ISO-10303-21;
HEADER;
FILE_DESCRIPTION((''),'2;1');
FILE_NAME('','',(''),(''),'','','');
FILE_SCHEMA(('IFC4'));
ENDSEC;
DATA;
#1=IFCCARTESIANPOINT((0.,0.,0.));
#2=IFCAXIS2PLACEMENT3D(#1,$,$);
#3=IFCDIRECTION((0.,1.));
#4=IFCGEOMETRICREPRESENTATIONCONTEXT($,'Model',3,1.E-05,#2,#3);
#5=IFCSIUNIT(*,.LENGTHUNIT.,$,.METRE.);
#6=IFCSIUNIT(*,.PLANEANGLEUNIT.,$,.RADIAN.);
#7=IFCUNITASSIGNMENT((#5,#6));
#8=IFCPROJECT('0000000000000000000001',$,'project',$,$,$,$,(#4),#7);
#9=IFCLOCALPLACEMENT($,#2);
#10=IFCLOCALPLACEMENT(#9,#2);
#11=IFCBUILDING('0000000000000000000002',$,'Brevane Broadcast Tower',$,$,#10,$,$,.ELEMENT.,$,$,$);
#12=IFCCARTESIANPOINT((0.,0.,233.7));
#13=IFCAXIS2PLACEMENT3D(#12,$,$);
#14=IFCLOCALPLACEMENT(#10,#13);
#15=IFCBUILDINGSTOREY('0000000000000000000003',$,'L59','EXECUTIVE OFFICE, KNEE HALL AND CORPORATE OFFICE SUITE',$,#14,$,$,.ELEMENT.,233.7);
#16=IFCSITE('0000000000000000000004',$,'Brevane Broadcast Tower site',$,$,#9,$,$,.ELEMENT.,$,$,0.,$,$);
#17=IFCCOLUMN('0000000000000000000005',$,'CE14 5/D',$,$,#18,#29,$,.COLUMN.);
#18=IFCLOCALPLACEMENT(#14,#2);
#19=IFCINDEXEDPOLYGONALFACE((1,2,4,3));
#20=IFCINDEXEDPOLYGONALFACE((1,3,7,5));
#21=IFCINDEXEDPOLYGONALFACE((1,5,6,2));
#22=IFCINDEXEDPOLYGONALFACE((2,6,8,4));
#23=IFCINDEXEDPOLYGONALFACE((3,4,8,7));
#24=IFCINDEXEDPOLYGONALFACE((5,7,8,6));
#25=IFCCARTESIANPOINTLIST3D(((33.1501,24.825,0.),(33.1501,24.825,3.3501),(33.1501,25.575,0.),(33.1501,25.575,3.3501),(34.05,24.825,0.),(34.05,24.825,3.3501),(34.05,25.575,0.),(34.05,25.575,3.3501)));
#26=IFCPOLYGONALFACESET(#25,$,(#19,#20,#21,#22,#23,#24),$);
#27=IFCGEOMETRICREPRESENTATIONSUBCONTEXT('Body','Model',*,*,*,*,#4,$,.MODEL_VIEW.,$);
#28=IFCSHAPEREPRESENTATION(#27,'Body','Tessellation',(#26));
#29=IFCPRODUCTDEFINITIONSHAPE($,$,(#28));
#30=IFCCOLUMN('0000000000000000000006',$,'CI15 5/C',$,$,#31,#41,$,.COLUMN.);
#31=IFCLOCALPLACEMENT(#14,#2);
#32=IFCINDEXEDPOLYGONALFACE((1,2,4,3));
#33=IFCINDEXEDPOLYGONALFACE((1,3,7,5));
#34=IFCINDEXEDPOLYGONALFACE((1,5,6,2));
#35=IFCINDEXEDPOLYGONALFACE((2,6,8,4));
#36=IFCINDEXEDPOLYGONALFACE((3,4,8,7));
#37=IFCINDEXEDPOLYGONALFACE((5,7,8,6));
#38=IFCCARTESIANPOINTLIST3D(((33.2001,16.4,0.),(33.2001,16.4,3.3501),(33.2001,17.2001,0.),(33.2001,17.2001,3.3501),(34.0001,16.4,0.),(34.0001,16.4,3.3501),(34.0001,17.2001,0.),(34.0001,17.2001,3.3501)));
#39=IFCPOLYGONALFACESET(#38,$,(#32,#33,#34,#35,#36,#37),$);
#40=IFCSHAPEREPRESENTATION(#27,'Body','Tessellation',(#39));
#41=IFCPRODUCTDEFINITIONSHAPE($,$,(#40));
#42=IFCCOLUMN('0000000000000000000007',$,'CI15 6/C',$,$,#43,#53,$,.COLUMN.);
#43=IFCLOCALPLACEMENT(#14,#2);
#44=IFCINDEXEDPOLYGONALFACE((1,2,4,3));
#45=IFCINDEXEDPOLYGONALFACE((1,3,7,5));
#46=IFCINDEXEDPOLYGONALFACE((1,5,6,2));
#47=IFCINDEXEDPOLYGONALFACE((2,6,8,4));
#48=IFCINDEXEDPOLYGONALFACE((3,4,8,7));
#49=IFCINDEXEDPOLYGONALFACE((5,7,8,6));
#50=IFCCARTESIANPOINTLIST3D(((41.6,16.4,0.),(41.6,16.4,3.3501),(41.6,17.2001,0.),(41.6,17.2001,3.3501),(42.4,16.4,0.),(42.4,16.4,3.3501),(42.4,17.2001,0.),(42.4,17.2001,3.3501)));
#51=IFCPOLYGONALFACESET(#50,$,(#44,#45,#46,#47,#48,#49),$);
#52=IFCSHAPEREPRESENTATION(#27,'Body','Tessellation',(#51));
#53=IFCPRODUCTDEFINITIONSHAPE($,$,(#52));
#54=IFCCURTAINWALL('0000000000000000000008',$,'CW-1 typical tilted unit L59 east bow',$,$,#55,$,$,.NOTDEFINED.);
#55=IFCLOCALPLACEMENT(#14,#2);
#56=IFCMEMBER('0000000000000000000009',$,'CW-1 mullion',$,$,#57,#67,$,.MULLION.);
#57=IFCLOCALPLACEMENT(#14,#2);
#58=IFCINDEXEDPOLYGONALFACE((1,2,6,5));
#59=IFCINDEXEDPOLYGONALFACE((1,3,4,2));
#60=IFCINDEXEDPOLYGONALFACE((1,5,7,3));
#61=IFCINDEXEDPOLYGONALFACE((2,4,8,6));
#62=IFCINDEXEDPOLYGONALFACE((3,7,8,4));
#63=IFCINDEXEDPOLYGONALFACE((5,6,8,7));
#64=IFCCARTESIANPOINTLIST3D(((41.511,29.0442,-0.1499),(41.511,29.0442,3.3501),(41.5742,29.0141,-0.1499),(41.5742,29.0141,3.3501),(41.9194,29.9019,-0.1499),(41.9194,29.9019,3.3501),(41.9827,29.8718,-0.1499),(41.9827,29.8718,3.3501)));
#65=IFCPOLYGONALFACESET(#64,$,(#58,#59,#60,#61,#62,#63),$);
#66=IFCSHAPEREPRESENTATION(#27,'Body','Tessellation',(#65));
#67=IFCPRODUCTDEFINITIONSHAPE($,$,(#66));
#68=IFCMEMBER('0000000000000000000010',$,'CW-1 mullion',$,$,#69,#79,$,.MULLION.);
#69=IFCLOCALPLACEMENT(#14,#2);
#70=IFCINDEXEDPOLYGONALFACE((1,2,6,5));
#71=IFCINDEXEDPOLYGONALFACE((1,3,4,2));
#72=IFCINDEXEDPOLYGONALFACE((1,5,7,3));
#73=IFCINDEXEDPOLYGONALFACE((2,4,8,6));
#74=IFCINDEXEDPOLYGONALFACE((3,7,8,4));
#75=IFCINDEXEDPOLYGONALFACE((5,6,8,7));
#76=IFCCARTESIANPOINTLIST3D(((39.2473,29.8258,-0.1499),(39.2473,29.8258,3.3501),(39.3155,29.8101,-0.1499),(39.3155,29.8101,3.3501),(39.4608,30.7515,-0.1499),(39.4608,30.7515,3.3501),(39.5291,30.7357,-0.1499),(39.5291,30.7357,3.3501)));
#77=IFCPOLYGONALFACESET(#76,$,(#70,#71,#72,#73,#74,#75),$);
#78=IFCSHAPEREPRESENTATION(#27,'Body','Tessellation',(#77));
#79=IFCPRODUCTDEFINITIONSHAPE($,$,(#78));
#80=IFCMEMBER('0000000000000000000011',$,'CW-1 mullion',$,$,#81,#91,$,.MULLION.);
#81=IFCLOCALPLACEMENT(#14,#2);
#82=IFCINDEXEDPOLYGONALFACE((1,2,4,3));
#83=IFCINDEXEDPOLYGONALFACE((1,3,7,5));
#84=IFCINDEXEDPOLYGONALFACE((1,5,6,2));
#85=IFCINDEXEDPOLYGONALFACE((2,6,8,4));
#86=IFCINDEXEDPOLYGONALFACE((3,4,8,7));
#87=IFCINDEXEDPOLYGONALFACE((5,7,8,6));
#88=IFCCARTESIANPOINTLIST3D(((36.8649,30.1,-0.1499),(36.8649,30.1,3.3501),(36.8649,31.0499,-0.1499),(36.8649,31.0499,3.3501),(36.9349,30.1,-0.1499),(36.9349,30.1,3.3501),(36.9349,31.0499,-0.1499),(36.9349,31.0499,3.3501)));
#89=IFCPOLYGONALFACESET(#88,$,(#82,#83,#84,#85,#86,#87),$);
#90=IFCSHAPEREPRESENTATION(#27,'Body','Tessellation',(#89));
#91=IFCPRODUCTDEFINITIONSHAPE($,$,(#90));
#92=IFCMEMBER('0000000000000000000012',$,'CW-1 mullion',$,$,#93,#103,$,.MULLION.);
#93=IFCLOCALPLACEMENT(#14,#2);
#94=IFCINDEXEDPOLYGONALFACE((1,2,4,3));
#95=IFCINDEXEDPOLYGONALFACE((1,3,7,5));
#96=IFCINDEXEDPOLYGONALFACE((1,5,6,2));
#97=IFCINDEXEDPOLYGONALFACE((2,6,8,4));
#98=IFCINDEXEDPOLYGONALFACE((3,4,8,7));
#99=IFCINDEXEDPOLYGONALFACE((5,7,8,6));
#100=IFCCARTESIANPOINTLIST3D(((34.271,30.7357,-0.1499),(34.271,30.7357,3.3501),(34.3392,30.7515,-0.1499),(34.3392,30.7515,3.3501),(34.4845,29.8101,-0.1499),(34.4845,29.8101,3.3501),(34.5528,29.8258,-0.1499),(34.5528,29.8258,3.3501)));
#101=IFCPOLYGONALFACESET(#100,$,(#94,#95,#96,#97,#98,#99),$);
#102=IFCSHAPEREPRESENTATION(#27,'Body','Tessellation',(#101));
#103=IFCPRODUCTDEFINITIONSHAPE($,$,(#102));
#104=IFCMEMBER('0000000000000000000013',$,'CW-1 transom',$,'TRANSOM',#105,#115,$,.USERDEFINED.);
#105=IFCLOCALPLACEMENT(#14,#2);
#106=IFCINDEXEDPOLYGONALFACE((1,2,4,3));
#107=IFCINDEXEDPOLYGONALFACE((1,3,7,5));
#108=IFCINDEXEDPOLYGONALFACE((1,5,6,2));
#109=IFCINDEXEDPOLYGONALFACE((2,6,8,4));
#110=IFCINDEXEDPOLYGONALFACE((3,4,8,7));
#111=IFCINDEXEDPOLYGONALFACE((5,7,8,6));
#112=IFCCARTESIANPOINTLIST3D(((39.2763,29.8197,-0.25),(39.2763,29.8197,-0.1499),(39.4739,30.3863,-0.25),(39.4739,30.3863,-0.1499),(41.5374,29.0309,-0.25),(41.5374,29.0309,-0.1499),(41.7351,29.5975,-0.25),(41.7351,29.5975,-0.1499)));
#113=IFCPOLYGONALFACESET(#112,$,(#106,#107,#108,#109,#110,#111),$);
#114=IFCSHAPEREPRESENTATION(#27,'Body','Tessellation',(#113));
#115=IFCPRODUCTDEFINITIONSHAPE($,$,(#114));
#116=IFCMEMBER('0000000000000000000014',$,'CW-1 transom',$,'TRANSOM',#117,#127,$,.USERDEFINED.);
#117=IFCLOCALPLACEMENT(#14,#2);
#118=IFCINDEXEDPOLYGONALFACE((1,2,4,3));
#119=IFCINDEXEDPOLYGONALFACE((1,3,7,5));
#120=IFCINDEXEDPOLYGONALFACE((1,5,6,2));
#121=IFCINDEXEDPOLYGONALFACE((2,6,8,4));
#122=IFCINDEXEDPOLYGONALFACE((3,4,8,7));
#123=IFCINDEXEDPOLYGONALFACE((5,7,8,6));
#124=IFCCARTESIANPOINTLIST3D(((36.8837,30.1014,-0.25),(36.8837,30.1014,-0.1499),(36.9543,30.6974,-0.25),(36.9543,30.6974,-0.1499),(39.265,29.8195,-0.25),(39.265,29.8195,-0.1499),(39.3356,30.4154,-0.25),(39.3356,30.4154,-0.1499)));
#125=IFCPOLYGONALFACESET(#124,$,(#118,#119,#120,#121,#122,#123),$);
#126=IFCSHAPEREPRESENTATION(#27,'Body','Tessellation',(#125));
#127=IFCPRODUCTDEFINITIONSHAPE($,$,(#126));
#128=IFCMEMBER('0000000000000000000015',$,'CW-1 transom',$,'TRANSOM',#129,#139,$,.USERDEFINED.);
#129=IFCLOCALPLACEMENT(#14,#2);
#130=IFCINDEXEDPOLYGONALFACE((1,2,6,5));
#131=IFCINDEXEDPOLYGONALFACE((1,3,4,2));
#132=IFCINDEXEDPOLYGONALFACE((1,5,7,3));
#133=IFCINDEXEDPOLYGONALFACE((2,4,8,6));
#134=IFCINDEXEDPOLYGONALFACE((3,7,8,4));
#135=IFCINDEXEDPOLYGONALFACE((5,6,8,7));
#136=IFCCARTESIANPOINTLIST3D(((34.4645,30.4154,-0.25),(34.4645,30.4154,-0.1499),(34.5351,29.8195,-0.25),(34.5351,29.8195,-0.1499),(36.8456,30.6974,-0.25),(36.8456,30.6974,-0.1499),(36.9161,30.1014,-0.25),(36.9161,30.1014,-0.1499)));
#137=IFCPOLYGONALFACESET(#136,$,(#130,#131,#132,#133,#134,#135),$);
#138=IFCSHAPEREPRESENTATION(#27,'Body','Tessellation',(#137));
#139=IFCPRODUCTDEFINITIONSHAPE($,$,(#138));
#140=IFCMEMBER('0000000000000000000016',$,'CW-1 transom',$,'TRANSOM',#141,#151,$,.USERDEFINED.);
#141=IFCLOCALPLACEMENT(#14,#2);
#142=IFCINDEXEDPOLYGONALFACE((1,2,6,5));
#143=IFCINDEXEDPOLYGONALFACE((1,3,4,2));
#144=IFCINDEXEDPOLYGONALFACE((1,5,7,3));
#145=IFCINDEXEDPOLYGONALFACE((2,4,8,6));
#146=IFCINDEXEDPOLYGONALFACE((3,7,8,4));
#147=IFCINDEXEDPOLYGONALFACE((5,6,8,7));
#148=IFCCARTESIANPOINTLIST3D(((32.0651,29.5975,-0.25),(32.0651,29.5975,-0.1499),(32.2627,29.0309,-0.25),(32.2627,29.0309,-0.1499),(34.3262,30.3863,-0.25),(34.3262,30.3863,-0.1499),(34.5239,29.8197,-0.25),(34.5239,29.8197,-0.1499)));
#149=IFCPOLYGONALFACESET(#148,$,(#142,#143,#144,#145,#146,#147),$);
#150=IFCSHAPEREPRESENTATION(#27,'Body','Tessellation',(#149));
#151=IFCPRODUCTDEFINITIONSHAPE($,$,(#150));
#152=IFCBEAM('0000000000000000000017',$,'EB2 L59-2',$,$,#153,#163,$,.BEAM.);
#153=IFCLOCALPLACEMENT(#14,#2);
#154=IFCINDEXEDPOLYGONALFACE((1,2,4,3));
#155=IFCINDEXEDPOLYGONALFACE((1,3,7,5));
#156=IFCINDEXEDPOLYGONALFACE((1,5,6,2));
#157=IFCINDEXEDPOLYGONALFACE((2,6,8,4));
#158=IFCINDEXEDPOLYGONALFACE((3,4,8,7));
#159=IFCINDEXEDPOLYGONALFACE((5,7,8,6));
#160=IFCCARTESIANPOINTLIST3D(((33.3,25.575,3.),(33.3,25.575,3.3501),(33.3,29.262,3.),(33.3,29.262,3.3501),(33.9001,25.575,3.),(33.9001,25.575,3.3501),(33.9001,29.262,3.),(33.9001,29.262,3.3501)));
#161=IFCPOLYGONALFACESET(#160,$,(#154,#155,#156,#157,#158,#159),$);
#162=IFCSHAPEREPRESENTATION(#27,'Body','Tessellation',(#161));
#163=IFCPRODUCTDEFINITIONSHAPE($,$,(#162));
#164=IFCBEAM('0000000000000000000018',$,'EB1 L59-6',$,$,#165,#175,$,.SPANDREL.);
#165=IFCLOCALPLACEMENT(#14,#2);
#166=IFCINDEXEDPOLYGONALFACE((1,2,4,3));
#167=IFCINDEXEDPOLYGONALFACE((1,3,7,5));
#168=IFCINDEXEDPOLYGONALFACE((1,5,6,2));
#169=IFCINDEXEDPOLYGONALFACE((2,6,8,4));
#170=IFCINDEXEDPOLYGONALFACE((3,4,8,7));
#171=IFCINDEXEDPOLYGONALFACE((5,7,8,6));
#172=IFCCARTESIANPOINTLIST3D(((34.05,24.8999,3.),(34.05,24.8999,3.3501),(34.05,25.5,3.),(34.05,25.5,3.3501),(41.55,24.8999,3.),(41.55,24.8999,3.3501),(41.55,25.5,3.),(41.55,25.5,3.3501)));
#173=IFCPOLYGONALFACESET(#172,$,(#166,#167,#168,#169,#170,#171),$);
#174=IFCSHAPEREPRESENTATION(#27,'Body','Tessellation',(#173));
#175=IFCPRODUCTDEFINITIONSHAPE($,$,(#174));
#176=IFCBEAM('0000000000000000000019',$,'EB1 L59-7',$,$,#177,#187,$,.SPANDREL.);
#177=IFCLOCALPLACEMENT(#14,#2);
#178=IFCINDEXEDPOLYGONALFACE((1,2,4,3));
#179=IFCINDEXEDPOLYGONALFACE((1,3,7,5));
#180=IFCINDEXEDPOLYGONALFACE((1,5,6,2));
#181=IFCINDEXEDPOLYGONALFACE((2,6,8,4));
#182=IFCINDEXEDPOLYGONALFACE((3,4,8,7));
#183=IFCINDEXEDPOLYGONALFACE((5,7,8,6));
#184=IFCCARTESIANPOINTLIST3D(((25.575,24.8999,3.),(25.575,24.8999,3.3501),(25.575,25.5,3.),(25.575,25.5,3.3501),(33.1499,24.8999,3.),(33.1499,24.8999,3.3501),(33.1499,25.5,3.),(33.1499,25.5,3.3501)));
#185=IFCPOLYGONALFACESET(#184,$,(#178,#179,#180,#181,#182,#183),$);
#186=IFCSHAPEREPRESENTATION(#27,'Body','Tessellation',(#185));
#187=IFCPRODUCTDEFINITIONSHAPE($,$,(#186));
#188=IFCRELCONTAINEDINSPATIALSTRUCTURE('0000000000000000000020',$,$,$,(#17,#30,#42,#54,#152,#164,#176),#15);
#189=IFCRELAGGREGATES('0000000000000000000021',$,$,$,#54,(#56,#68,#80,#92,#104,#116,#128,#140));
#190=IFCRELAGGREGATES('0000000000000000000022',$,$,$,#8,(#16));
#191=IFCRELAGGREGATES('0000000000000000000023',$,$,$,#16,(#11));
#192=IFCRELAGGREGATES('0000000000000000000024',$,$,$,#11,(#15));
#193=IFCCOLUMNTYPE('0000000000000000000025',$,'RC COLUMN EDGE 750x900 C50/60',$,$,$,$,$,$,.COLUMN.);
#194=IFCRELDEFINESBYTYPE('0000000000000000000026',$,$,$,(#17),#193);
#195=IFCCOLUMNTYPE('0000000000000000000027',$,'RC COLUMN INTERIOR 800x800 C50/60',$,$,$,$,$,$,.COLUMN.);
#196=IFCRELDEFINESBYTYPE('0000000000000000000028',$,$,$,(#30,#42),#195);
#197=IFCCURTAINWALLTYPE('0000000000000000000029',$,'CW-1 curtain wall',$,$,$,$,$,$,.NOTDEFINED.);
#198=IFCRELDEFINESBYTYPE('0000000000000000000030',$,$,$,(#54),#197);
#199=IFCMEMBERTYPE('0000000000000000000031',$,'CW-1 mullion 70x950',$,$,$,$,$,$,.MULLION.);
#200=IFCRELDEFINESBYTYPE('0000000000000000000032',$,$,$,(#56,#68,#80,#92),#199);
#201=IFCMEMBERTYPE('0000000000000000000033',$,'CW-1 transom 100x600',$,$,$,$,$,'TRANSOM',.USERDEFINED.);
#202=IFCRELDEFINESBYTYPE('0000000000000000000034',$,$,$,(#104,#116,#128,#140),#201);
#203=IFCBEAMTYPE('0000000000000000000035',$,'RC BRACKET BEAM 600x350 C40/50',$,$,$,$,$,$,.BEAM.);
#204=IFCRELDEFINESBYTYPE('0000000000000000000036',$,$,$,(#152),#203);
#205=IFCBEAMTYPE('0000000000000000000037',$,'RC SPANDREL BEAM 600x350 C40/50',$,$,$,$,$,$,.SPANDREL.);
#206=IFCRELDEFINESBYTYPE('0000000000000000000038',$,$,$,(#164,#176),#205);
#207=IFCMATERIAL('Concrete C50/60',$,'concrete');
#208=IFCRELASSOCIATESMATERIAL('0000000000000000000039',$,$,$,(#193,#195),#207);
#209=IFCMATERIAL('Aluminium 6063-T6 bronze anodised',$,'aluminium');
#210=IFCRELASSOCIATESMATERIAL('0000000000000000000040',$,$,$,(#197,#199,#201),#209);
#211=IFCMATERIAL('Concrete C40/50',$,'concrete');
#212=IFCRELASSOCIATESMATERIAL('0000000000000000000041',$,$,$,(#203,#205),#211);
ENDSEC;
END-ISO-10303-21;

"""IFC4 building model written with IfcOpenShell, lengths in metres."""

from ifc_helpers import new_model, si_unit, direction, frame, origin, origin_2d, place, context, subcontext, project, spatial, rectangle, extrude, material, material_profile, profile_set, type_object, element, aggregate, save


model = new_model("IFC4")

# Units and contexts
model_context = context("Model", 3, precision=1e-05, world=origin(), true_north=direction((0.0, 1.0)))
body_context = subcontext(model_context, "Body", "Model", "MODEL_VIEW")
ifc_project = project(units=[si_unit("LENGTHUNIT", "METRE"), si_unit("PLANEANGLEUNIT", "RADIAN")], contexts=[model_context])

# Site, building, storey
site_placement = place(None, origin())
site = spatial("IfcSite", under=ifc_project, at=site_placement, Name="Brevane Broadcast Tower site", CompositionType="ELEMENT", RefElevation=0.0)
building_placement = place(site_placement, origin())
building = spatial("IfcBuilding", under=site, at=building_placement, Name="Brevane Broadcast Tower", CompositionType="ELEMENT")
storey_placement = place(building_placement, frame((0.0, 0.0, 233.7)))
storey = spatial("IfcBuildingStorey", under=building, at=storey_placement, Name="L59", Description="EXECUTIVE OFFICE, KNEE HALL AND CORPORATE OFFICE SUITE", CompositionType="ELEMENT", Elevation=233.7)

# Columns
ifc_material_1 = material(Name="Concrete C50/60", Category="concrete")
ifc_material_profile_1 = material_profile(ifc_material_1, rectangle(XDim=0.75, YDim=0.8999, at=origin_2d()), Name="RC 750x900")
ifc_profile_set_1 = profile_set([ifc_material_profile_1], Name="Concrete C50/60")
column_type_1 = type_object("IfcColumnType", Name="RC COLUMN EDGE 750x900 C50/60", PredefinedType="COLUMN", material=ifc_profile_set_1)
column_placement = place(storey_placement, frame((33.6001, 25.2, 0.0), z_axis=(0.0, 0.0, 1.0), x_axis=(0.0, 1.0, 0.0)))
element("IfcColumn", 1, at=column_placement, inside=storey, type_object=column_type_1, Name="CE14 5/D", PredefinedType="COLUMN", context=body_context, shape_type="SweptSolid", body=[
    extrude(rectangle(XDim=0.75, YDim=0.8999, at=origin_2d()), origin(), (0.0, 0.0, 1.0), 3.3501),
])
ifc_material_profile_2 = material_profile(ifc_material_1, rectangle(XDim=0.8, YDim=0.8, at=origin_2d()), Name="RC 800x800")
ifc_profile_set_2 = profile_set([ifc_material_profile_2], Name="Concrete C50/60")
column_type_2 = type_object("IfcColumnType", Name="RC COLUMN INTERIOR 800x800 C50/60", PredefinedType="COLUMN", material=ifc_profile_set_2)
for number, where, z_axis, x_axis, name in (
    (2, (33.6001, 16.8, 0.0), (0.0, 0.0, 1.0), (1.0, 0.0, 0.0), "CI15 5/C"),
    (3, (42.0, 16.8, 0.0), (0.0, 0.0, 1.0), (1.0, 0.0, 0.0), "CI15 6/C"),
):
    element("IfcColumn", number, at=place(storey_placement, frame(where, z_axis=z_axis, x_axis=x_axis)), inside=storey, type_object=column_type_2, Name=name, PredefinedType="COLUMN", context=body_context, shape_type="SweptSolid", body=[
        extrude(rectangle(XDim=0.8, YDim=0.8, at=origin_2d()), origin(), (0.0, 0.0, 1.0), 3.3501),
    ])

# Curtain wall, members
ifc_material_2 = material(Name="Aluminium 6063-T6 bronze anodised", Category="aluminium")
curtain_wall_type = type_object("IfcCurtainWallType", Name="CW-1 curtain wall", PredefinedType="NOTDEFINED", material=ifc_material_2)
curtain_wall_placement = place(storey_placement, origin())
curtain_wall = element("IfcCurtainWall", 4, at=curtain_wall_placement, inside=storey, type_object=curtain_wall_type, Name="CW-1 typical tilted unit L59 east bow", PredefinedType="NOTDEFINED")
ifc_material_profile_3 = material_profile(ifc_material_2, rectangle(XDim=0.95, YDim=0.0701, at=origin_2d()), Name="RECT 70x950")
ifc_profile_set_3 = profile_set([ifc_material_profile_3], Name="Aluminium 6063-T6 bronze anodised")
member_type_1 = type_object("IfcMemberType", Name="CW-1 mullion 70x950", PredefinedType="MULLION", material=ifc_profile_set_3)
member_1_placement = place(storey_placement, frame((41.7468, 29.458, -0.1499), z_axis=(0.0, 0.0, 1.0), x_axis=(-0.429934, -0.902861, 0.0)))
member_1 = element("IfcMember", 5, at=member_1_placement, type_object=member_type_1, Name="CW-1 mullion", PredefinedType="MULLION", context=body_context, shape_type="SweptSolid", body=[
    extrude(rectangle(XDim=0.95, YDim=0.0701, at=origin_2d()), origin(), (0.0, 0.0, 1.0), 3.5),
])
member_2_placement = place(storey_placement, frame((39.3882, 30.2808, -0.1499), z_axis=(0.0, 0.0, 1.0), x_axis=(-0.224807, -0.974403, 0.0)))
member_2 = element("IfcMember", 6, at=member_2_placement, type_object=member_type_1, Name="CW-1 mullion", PredefinedType="MULLION", context=body_context, shape_type="SweptSolid", body=[
    extrude(rectangle(XDim=0.95, YDim=0.0701, at=origin_2d()), origin(), (0.0, 0.0, 1.0), 3.5),
])
member_3_placement = place(storey_placement, frame((36.8999, 30.575, -0.1499), z_axis=(0.0, 0.0, 1.0), x_axis=(0.0, -1.0, 0.0)))
member_3 = element("IfcMember", 7, at=member_3_placement, type_object=member_type_1, Name="CW-1 mullion", PredefinedType="MULLION", context=body_context, shape_type="SweptSolid", body=[
    extrude(rectangle(XDim=0.95, YDim=0.0701, at=origin_2d()), origin(), (0.0, 0.0, 1.0), 3.5),
])
member_4_placement = place(storey_placement, frame((34.4119, 30.2808, -0.1499), z_axis=(0.0, 0.0, 1.0), x_axis=(0.224807, -0.974403, 0.0)))
member_4 = element("IfcMember", 8, at=member_4_placement, type_object=member_type_1, Name="CW-1 mullion", PredefinedType="MULLION", context=body_context, shape_type="SweptSolid", body=[
    extrude(rectangle(XDim=0.95, YDim=0.0701, at=origin_2d()), origin(), (0.0, 0.0, 1.0), 3.5),
])
ifc_material_profile_4 = material_profile(ifc_material_2, rectangle(XDim=0.6001, YDim=0.1001, at=origin_2d()), Name="RECT 100x600")
ifc_profile_set_4 = profile_set([ifc_material_profile_4], Name="Aluminium 6063-T6 bronze anodised")
member_type_2 = type_object("IfcMemberType", Name="CW-1 transom 100x600", ElementType="TRANSOM", PredefinedType="USERDEFINED", material=ifc_profile_set_4)
member_5_placement = place(storey_placement, frame((41.6362, 29.3142, -0.2), z_axis=(-0.944198, 0.329378, 0.0), x_axis=(-0.329378, -0.944198, 0.0)))
member_5 = element("IfcMember", 9, at=member_5_placement, type_object=member_type_2, Name="CW-1 transom", ObjectType="TRANSOM", PredefinedType="USERDEFINED", context=body_context, shape_type="SweptSolid", body=[
    extrude(rectangle(XDim=0.6001, YDim=0.1001, at=origin_2d()), origin(), (0.0, 0.0, 1.0), 2.3948),
])
member_6_placement = place(storey_placement, frame((39.3003, 30.1174, -0.2), z_axis=(-0.993062, 0.117591, 0.0), x_axis=(-0.117591, -0.993062, 0.0)))
member_6 = element("IfcMember", 10, at=member_6_placement, type_object=member_type_2, Name="CW-1 transom", ObjectType="TRANSOM", PredefinedType="USERDEFINED", context=body_context, shape_type="SweptSolid", body=[
    extrude(rectangle(XDim=0.6001, YDim=0.1001, at=origin_2d()), origin(), (0.0, 0.0, 1.0), 2.3979),
])
member_7_placement = place(storey_placement, frame((36.8809, 30.3994, -0.2), z_axis=(-0.993061, -0.117603, 0.0), x_axis=(0.117603, -0.993061, 0.0)))
member_7 = element("IfcMember", 11, at=member_7_placement, type_object=member_type_2, Name="CW-1 transom", ObjectType="TRANSOM", PredefinedType="USERDEFINED", context=body_context, shape_type="SweptSolid", body=[
    extrude(rectangle(XDim=0.6001, YDim=0.1001, at=origin_2d()), origin(), (0.0, 0.0, 1.0), 2.3977),
])
member_8_placement = place(storey_placement, frame((34.425, 30.103, -0.2), z_axis=(-0.944198, -0.329378, 0.0), x_axis=(0.329378, -0.944198, 0.0)))
member_8 = element("IfcMember", 12, at=member_8_placement, type_object=member_type_2, Name="CW-1 transom", ObjectType="TRANSOM", PredefinedType="USERDEFINED", context=body_context, shape_type="SweptSolid", body=[
    extrude(rectangle(XDim=0.6001, YDim=0.1001, at=origin_2d()), origin(), (0.0, 0.0, 1.0), 2.3948),
])
aggregate(curtain_wall, [member_1, member_2, member_3, member_4, member_5, member_6, member_7, member_8])

# Beams
ifc_material_3 = material(Name="Concrete C40/50", Category="concrete")
ifc_material_profile_5 = material_profile(ifc_material_3, rectangle(XDim=0.6001, YDim=0.3501, at=origin_2d()), Name="RC 600x350")
ifc_profile_set_5 = profile_set([ifc_material_profile_5], Name="Concrete C40/50")
beam_type_1 = type_object("IfcBeamType", Name="RC BRACKET BEAM 600x350 C40/50", PredefinedType="BEAM", material=ifc_profile_set_5)
beam_1_placement = place(storey_placement, frame((33.6001, 25.575, 3.175), z_axis=(0.0, 1.0, 0.0), x_axis=(-1.0, 0.0, 0.0)))
element("IfcBeam", 13, at=beam_1_placement, inside=storey, type_object=beam_type_1, Name="EB2 L59-2", PredefinedType="BEAM", context=body_context, shape_type="SweptSolid", body=[
    extrude(rectangle(XDim=0.6001, YDim=0.3501, at=origin_2d()), origin(), (0.0, 0.0, 1.0), 3.687),
])
ifc_material_profile_6 = material_profile(ifc_material_3, rectangle(XDim=0.6001, YDim=0.3501, at=origin_2d()), Name="RC 600x350")
ifc_profile_set_6 = profile_set([ifc_material_profile_6], Name="Concrete C40/50")
beam_type_2 = type_object("IfcBeamType", Name="RC SPANDREL BEAM 600x350 C40/50", PredefinedType="SPANDREL", material=ifc_profile_set_6)
beam_2_placement = place(storey_placement, frame((41.55, 25.2, 3.175), z_axis=(-1.0, 0.0, 0.0), x_axis=(0.0, -1.0, 0.0)))
element("IfcBeam", 14, at=beam_2_placement, inside=storey, type_object=beam_type_2, Name="EB1 L59-6", PredefinedType="SPANDREL", context=body_context, shape_type="SweptSolid", body=[
    extrude(rectangle(XDim=0.6001, YDim=0.3501, at=origin_2d()), origin(), (0.0, 0.0, 1.0), 7.5),
])
beam_3_placement = place(storey_placement, frame((33.1499, 25.2, 3.175), z_axis=(-1.0, 0.0, 0.0), x_axis=(0.0, -1.0, 0.0)))
element("IfcBeam", 15, at=beam_3_placement, inside=storey, type_object=beam_type_2, Name="EB1 L59-7", PredefinedType="SPANDREL", context=body_context, shape_type="SweptSolid", body=[
    extrude(rectangle(XDim=0.6001, YDim=0.3501, at=origin_2d()), origin(), (0.0, 0.0, 1.0), 7.575),
])

save(model, "model.ifc")
